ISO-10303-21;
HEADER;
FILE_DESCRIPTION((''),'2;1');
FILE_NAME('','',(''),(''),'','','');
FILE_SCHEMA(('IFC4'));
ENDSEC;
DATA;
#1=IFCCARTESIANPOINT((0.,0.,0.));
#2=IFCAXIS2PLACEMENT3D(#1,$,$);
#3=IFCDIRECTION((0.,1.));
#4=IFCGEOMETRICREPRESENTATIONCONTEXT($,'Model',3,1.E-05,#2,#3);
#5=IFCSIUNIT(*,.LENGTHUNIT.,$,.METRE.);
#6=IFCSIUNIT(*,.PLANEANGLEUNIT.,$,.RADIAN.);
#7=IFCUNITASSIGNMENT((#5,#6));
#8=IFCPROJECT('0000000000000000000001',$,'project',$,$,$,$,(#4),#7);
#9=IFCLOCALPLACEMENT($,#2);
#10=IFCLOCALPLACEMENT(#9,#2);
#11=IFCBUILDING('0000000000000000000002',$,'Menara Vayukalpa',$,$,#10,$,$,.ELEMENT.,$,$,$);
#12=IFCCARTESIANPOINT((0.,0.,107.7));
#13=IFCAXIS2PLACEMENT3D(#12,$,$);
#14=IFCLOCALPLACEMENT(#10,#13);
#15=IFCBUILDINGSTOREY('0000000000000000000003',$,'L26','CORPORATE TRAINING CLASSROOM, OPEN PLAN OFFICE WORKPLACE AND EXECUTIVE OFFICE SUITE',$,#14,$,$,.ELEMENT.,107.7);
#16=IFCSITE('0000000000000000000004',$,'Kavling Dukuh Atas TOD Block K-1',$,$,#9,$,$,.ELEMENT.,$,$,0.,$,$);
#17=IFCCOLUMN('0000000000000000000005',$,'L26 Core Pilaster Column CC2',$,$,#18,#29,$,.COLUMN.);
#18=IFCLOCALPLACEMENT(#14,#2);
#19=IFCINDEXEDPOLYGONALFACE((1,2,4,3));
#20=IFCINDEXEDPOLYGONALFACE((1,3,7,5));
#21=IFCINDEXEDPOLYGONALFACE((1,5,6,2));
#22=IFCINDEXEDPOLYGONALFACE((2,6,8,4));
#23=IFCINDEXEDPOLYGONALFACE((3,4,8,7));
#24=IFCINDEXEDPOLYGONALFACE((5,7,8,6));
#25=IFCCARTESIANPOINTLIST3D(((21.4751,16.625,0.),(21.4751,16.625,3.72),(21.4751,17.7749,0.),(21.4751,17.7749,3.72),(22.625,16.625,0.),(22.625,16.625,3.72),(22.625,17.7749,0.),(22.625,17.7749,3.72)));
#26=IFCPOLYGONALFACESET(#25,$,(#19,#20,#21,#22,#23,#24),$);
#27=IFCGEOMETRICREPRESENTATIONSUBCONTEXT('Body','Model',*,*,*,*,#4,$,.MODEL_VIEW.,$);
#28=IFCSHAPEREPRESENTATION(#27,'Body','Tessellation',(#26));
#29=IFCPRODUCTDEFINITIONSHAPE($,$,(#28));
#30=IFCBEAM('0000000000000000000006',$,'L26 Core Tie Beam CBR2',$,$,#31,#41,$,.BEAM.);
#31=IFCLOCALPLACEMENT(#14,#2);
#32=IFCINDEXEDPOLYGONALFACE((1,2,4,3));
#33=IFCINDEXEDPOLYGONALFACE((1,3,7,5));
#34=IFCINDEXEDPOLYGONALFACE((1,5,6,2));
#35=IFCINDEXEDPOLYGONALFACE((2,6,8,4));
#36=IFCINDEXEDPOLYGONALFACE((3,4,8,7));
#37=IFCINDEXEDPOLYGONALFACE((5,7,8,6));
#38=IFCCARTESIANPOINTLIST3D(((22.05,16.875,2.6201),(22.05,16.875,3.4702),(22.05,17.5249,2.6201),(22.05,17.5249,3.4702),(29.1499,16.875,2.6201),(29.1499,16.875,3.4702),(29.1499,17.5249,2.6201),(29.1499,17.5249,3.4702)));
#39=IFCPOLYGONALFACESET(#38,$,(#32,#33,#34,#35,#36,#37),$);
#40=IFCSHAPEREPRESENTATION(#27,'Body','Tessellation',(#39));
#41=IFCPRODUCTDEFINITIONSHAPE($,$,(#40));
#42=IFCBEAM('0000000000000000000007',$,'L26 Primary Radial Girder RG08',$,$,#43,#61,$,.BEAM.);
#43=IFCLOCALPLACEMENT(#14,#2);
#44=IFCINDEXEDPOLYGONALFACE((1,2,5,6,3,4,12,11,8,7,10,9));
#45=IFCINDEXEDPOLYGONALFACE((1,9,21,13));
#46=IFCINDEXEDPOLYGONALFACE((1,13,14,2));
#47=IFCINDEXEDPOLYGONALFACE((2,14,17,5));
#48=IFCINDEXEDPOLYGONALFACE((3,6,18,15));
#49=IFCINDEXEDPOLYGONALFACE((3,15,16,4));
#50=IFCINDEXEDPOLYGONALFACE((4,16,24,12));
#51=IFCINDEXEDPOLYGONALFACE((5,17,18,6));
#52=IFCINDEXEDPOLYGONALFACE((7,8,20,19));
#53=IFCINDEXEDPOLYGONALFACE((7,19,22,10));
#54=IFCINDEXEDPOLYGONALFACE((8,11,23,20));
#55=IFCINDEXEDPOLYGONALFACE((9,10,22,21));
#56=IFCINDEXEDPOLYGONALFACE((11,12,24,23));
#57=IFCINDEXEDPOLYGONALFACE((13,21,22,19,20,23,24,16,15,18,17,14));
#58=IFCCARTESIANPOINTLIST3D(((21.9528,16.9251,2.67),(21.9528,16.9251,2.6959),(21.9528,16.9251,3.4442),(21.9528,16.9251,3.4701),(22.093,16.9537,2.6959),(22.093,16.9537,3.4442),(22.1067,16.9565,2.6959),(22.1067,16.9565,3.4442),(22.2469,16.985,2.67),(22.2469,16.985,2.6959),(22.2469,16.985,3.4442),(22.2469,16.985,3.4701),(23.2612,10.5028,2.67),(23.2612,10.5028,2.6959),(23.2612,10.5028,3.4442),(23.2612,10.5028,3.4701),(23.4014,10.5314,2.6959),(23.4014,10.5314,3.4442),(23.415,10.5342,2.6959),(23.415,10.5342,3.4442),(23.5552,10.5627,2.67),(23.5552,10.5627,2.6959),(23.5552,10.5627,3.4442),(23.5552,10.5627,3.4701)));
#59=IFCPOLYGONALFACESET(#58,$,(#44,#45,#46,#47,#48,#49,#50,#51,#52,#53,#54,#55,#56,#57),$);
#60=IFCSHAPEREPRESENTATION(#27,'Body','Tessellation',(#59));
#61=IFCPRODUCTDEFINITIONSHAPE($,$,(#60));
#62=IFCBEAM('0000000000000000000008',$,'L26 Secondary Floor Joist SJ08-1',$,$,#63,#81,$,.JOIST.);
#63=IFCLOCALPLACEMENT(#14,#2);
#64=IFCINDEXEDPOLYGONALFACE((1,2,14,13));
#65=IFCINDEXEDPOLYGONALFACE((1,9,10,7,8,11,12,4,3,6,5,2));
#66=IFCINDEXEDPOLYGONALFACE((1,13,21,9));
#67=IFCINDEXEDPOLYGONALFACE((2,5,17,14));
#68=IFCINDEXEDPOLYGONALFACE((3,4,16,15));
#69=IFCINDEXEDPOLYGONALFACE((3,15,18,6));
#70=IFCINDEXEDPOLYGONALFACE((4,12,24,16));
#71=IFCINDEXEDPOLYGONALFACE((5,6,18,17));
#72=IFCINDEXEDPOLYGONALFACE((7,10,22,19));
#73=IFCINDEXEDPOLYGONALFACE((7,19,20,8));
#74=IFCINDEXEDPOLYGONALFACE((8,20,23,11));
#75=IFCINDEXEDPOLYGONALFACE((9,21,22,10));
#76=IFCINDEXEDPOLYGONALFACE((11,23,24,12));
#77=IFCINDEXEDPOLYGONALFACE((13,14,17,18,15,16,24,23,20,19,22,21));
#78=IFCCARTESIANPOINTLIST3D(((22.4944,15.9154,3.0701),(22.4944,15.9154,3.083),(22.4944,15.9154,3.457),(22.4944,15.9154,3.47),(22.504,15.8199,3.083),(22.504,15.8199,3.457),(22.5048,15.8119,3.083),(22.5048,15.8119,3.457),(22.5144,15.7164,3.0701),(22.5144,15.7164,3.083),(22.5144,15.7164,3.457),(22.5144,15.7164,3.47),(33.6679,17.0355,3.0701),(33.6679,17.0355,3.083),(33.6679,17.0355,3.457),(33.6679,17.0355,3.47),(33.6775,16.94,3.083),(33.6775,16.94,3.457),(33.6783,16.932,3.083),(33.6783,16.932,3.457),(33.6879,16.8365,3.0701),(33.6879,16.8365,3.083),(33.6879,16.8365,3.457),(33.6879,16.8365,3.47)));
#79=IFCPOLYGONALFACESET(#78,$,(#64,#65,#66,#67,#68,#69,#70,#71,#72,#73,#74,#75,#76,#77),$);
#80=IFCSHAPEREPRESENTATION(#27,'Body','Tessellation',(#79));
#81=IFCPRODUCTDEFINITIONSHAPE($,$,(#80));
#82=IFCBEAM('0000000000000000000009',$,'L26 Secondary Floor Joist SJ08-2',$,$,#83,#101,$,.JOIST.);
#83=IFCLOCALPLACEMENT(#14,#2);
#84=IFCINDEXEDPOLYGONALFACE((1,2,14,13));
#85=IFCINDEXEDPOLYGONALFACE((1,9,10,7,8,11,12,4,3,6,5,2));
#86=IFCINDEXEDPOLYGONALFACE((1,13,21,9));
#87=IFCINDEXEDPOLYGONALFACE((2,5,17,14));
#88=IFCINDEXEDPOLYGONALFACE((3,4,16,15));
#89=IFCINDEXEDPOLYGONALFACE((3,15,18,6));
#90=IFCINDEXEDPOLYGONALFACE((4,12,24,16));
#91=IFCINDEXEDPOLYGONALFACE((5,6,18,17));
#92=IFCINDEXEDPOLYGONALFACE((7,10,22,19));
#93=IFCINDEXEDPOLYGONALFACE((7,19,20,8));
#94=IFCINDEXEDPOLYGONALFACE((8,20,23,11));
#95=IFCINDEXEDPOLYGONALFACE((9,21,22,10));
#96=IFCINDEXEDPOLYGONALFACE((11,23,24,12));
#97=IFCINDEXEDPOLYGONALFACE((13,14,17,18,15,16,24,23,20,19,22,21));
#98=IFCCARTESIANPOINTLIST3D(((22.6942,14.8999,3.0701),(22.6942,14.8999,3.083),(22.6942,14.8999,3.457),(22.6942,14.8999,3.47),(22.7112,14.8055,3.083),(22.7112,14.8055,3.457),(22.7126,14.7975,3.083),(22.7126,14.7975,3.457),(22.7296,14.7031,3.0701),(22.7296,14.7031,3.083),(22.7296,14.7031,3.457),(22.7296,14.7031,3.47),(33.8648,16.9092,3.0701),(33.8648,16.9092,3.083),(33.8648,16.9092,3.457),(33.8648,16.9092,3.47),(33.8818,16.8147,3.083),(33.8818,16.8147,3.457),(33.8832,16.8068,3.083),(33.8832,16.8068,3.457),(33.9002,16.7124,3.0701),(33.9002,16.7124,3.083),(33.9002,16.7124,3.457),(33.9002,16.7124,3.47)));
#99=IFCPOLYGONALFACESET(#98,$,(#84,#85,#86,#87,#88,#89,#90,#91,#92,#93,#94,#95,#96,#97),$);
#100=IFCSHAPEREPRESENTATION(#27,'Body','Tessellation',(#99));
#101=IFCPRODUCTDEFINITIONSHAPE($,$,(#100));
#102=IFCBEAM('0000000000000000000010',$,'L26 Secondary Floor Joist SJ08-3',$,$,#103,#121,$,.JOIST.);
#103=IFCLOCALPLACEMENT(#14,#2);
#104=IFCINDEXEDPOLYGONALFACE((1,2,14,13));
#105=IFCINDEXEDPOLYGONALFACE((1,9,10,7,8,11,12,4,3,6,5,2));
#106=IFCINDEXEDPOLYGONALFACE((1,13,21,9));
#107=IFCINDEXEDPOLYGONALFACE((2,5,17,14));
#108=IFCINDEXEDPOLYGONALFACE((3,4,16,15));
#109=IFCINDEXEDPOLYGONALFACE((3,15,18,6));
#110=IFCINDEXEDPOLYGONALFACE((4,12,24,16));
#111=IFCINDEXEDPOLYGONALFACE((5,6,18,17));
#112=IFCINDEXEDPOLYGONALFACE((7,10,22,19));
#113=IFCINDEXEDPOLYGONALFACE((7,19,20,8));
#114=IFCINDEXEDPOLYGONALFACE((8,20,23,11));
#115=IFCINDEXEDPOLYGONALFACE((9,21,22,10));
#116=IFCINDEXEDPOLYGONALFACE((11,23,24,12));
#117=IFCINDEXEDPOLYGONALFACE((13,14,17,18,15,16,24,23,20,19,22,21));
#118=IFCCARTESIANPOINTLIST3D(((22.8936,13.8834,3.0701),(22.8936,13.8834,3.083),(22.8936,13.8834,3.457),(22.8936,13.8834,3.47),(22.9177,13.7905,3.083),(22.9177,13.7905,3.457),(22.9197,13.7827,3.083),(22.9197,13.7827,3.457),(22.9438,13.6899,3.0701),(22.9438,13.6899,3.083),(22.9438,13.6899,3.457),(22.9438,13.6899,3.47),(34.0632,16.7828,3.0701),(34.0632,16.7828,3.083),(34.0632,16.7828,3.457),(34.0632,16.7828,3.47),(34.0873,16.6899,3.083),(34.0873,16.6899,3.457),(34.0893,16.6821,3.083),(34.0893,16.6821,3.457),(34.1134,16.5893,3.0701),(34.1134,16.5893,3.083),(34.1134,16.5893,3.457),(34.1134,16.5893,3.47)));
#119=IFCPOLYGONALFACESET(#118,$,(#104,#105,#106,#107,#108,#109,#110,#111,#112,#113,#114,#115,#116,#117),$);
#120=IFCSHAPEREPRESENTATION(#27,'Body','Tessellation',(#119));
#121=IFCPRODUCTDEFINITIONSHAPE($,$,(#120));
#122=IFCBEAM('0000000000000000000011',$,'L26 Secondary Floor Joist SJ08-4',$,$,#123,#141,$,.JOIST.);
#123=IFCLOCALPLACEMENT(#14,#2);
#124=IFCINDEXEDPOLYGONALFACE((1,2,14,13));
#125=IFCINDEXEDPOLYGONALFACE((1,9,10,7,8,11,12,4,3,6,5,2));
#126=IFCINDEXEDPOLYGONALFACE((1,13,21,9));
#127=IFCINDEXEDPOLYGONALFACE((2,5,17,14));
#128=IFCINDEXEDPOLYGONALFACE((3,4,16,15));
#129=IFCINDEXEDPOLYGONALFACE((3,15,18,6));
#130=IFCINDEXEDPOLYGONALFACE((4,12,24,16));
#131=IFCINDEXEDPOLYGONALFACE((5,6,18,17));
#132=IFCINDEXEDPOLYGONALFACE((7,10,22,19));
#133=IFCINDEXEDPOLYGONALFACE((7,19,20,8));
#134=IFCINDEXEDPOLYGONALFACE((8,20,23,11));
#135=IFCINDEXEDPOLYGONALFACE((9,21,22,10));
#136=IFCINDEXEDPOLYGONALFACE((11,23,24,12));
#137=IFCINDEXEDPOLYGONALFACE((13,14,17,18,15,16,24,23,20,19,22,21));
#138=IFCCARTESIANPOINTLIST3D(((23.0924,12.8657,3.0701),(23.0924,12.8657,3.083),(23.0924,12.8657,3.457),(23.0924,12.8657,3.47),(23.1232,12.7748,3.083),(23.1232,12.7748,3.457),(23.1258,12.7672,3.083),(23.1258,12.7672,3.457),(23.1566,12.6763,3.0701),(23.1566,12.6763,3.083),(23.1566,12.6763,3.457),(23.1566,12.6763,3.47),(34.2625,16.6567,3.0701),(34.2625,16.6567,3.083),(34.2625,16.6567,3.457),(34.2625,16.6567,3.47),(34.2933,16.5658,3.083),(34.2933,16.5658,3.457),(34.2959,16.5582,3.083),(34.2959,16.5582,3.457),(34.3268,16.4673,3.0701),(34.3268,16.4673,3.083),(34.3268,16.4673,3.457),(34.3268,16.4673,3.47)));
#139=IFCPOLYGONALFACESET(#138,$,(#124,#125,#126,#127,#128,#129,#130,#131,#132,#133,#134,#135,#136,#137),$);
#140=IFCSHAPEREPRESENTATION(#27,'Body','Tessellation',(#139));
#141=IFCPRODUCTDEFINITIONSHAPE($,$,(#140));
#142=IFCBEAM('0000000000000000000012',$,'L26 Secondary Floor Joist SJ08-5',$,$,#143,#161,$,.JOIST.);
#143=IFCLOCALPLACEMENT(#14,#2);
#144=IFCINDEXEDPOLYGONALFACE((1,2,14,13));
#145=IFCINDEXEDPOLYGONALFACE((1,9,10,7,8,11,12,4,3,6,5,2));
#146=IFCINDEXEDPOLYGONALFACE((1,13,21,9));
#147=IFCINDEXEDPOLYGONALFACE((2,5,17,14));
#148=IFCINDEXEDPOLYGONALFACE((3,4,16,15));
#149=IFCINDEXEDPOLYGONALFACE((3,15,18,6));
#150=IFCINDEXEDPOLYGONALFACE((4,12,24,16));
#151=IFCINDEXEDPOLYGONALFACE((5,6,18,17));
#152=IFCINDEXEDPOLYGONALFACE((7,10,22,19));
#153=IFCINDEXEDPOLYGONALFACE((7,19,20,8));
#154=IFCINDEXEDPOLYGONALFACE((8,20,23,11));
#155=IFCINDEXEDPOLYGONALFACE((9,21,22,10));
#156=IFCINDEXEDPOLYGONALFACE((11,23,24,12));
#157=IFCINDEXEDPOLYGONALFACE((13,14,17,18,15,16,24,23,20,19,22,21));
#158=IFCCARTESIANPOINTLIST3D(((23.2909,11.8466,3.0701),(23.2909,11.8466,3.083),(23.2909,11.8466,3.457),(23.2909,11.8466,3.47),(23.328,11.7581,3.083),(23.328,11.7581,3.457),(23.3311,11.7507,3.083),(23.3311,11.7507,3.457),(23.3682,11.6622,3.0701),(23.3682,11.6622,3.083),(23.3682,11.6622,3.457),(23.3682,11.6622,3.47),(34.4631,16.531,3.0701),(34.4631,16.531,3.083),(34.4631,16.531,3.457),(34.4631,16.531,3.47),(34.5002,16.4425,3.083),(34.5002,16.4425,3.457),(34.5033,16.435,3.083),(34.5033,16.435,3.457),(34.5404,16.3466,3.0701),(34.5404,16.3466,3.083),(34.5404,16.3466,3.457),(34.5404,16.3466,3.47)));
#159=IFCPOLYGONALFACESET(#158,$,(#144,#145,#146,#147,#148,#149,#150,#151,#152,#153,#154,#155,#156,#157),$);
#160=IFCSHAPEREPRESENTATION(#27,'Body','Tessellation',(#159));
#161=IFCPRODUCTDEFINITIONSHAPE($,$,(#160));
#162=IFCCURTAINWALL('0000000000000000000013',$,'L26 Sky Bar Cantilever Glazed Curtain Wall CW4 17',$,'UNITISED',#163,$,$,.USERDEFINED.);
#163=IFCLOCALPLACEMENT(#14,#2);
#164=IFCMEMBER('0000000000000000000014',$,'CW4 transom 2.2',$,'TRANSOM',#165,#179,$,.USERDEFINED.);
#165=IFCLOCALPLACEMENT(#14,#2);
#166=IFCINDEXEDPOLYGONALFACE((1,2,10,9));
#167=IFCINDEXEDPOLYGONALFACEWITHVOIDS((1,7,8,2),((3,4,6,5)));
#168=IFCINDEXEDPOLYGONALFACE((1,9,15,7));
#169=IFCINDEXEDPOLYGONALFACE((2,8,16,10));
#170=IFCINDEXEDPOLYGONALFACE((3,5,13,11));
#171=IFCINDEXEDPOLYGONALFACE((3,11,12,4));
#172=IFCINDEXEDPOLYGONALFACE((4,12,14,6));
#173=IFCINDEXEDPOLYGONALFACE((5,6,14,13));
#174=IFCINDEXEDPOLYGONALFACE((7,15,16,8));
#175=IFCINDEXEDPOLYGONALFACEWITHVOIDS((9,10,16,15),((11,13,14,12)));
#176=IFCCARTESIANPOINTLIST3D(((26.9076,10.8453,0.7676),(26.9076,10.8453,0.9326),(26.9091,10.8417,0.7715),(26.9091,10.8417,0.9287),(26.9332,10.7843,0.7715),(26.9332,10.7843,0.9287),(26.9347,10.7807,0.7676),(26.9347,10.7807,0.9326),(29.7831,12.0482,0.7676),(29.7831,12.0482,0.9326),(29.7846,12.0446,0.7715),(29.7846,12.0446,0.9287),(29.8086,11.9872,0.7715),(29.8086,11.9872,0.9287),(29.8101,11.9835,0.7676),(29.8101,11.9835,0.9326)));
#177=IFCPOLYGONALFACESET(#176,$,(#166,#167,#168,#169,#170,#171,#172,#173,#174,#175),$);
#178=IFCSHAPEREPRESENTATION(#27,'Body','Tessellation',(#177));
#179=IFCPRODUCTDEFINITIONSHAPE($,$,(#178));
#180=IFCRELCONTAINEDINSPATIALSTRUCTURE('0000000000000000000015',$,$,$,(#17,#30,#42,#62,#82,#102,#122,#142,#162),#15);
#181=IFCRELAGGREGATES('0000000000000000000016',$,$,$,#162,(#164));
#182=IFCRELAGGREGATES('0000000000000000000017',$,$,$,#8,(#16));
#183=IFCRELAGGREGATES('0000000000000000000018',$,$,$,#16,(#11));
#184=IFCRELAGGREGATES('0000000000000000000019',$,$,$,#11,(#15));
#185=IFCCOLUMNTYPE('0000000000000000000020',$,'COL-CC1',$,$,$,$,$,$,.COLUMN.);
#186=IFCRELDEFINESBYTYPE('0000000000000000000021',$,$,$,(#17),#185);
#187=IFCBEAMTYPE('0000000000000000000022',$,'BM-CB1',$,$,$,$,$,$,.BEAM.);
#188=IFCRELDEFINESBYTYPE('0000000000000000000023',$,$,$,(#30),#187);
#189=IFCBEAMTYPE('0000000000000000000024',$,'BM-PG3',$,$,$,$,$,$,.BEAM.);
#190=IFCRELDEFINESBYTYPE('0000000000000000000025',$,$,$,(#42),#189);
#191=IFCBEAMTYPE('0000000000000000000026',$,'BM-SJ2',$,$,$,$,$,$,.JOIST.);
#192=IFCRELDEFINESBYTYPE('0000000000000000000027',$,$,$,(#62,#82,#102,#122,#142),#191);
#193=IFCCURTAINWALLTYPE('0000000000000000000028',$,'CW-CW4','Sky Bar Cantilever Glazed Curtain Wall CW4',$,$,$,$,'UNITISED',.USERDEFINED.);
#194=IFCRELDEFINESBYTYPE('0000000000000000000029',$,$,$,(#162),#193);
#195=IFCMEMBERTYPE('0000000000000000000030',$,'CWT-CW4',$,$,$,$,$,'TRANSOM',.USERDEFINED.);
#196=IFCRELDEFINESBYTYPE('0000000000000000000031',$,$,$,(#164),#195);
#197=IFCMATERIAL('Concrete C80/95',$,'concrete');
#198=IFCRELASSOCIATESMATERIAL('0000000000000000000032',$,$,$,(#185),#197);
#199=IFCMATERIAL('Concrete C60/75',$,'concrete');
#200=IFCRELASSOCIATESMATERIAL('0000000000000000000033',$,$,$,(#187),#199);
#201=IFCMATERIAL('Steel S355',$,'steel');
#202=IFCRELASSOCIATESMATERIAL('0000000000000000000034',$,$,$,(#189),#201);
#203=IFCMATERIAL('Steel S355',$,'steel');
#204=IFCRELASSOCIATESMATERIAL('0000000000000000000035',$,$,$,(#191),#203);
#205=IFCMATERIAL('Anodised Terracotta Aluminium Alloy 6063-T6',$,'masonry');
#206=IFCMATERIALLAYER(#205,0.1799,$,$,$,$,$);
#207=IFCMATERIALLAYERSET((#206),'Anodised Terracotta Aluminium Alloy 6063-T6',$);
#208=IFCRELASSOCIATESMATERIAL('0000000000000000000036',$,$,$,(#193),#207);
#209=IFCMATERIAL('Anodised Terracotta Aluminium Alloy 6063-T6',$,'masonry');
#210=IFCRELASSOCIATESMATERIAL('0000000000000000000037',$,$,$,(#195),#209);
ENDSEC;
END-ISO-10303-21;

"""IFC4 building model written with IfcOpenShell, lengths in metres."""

from ifc_helpers import new_model, si_unit, direction, frame, origin, origin_2d, place, context, subcontext, project, spatial, rectangle, hollow_rectangle, i_section, extrude, material, layer, layer_set, material_profile, profile_set, type_object, element, aggregate, save


model = new_model("IFC4")

# Units and contexts
model_context = context("Model", 3, precision=1e-05, world=origin(), true_north=direction((0.0, 1.0)))
body_context = subcontext(model_context, "Body", "Model", "MODEL_VIEW")
ifc_project = project(units=[si_unit("LENGTHUNIT", "METRE"), si_unit("PLANEANGLEUNIT", "RADIAN")], contexts=[model_context])

# Site, building, storey
site_placement = place(None, origin())
site = spatial("IfcSite", under=ifc_project, at=site_placement, Name="Kavling Dukuh Atas TOD Block K-1", CompositionType="ELEMENT", RefElevation=0.0)
building_placement = place(site_placement, origin())
building = spatial("IfcBuilding", under=site, at=building_placement, Name="Menara Vayukalpa", CompositionType="ELEMENT")
storey_placement = place(building_placement, frame((0.0, 0.0, 107.7)))
storey = spatial("IfcBuildingStorey", under=building, at=storey_placement, Name="L26", Description="CORPORATE TRAINING CLASSROOM, OPEN PLAN OFFICE WORKPLACE AND EXECUTIVE OFFICE SUITE", CompositionType="ELEMENT", Elevation=107.7)

# Column
ifc_material_1 = material(Name="Concrete C80/95", Category="concrete")
ifc_material_profile_1 = material_profile(ifc_material_1, rectangle(XDim=1.1499, YDim=1.1499, at=origin_2d()), Name="RC 1150x1150")
ifc_profile_set_1 = profile_set([ifc_material_profile_1], Name="Concrete C80/95")
column_type = type_object("IfcColumnType", Name="COL-CC1", PredefinedType="COLUMN", material=ifc_profile_set_1)
column_placement = place(storey_placement, frame((22.05, 17.2, 0.0), z_axis=(0.0, 0.0, 1.0), x_axis=(1.0, 0.0, 0.0)))
element("IfcColumn", 1, at=column_placement, inside=storey, type_object=column_type, Name="L26 Core Pilaster Column CC2", PredefinedType="COLUMN", context=body_context, shape_type="SweptSolid", body=[
    extrude(rectangle(XDim=1.1499, YDim=1.1499, at=origin_2d()), origin(), (0.0, 0.0, 1.0), 3.72),
])

# Beams
ifc_material_2 = material(Name="Concrete C60/75", Category="concrete")
ifc_material_profile_2 = material_profile(ifc_material_2, rectangle(XDim=0.6499, YDim=0.8501, at=origin_2d()), Name="RC 650x850")
ifc_profile_set_2 = profile_set([ifc_material_profile_2], Name="Concrete C60/75")
beam_type_1 = type_object("IfcBeamType", Name="BM-CB1", PredefinedType="BEAM", material=ifc_profile_set_2)
beam_1_placement = place(storey_placement, frame((22.05, 17.2, 3.0452), z_axis=(1.0, 0.0, 0.0), x_axis=(0.0, 1.0, 0.0)))
element("IfcBeam", 2, at=beam_1_placement, inside=storey, type_object=beam_type_1, Name="L26 Core Tie Beam CBR2", PredefinedType="BEAM", context=body_context, shape_type="SweptSolid", body=[
    extrude(rectangle(XDim=0.6499, YDim=0.8501, at=origin_2d()), origin(), (0.0, 0.0, 1.0), 7.0999),
])
ifc_material_3 = material(Name="Steel S355", Category="steel")
ifc_material_profile_3 = material_profile(ifc_material_3, i_section(OverallWidth=0.3, OverallDepth=0.8, WebThickness=0.0139, FlangeThickness=0.0259, at=origin_2d()), Name="WF 800x300x14x26")
ifc_profile_set_3 = profile_set([ifc_material_profile_3], Name="Steel S355")
beam_type_2 = type_object("IfcBeamType", Name="BM-PG3", PredefinedType="BEAM", material=ifc_profile_set_3)
beam_2_placement = place(storey_placement, frame((22.0999, 16.9551, 3.0701), z_axis=(0.199618, -0.979874, 0.0), x_axis=(0.979874, 0.199618, 0.0)))
element("IfcBeam", 3, at=beam_2_placement, inside=storey, type_object=beam_type_2, Name="L26 Primary Radial Girder RG08", PredefinedType="BEAM", context=body_context, shape_type="SweptSolid", body=[
    extrude(i_section(OverallWidth=0.3, OverallDepth=0.8, WebThickness=0.0139, FlangeThickness=0.0259, at=origin_2d()), origin(), (0.0, 0.0, 1.0), 6.5542),
])
ifc_material_4 = material(Name="Steel S355", Category="steel")
ifc_material_profile_4 = material_profile(ifc_material_4, i_section(OverallWidth=0.2, OverallDepth=0.3999, WebThickness=0.0081, FlangeThickness=0.0129, at=origin_2d()), Name="WF 400x200x8x13")
ifc_profile_set_4 = profile_set([ifc_material_profile_4], Name="Steel S355")
beam_type_3 = type_object("IfcBeamType", Name="BM-SJ2", PredefinedType="JOIST", material=ifc_profile_set_4)
beam_3_placement = place(storey_placement, frame((22.5044, 15.8159, 3.27), z_axis=(0.995013, 0.099747, 0.0), x_axis=(-0.099747, 0.995013, 0.0)))
element("IfcBeam", 4, at=beam_3_placement, inside=storey, type_object=beam_type_3, Name="L26 Secondary Floor Joist SJ08-1", PredefinedType="JOIST", context=body_context, shape_type="SweptSolid", body=[
    extrude(i_section(OverallWidth=0.2, OverallDepth=0.3999, WebThickness=0.0081, FlangeThickness=0.0129, at=origin_2d()), origin(), (0.0, 0.0, 1.0), 11.2295),
])
beam_4_placement = place(storey_placement, frame((22.7119, 14.8015, 3.27), z_axis=(0.984205, 0.17703, 0.0), x_axis=(-0.17703, 0.984205, 0.0)))
element("IfcBeam", 5, at=beam_4_placement, inside=storey, type_object=beam_type_3, Name="L26 Secondary Floor Joist SJ08-2", PredefinedType="JOIST", context=body_context, shape_type="SweptSolid", body=[
    extrude(i_section(OverallWidth=0.2, OverallDepth=0.3999, WebThickness=0.0081, FlangeThickness=0.0129, at=origin_2d()), origin(), (0.0, 0.0, 1.0), 11.3499),
])
beam_5_placement = place(storey_placement, frame((22.9187, 13.7866, 3.27), z_axis=(0.967922, 0.251252, 0.0), x_axis=(-0.251252, 0.967922, 0.0)))
element("IfcBeam", 6, at=beam_5_placement, inside=storey, type_object=beam_type_3, Name="L26 Secondary Floor Joist SJ08-3", PredefinedType="JOIST", context=body_context, shape_type="SweptSolid", body=[
    extrude(i_section(OverallWidth=0.2, OverallDepth=0.3999, WebThickness=0.0081, FlangeThickness=0.0129, at=origin_2d()), origin(), (0.0, 0.0, 1.0), 11.5398),
])
beam_6_placement = place(storey_placement, frame((23.1245, 12.771, 3.27), z_axis=(0.946949, 0.321383, 0.0), x_axis=(-0.321383, 0.946949, 0.0)))
element("IfcBeam", 7, at=beam_6_placement, inside=storey, type_object=beam_type_3, Name="L26 Secondary Floor Joist SJ08-4", PredefinedType="JOIST", context=body_context, shape_type="SweptSolid", body=[
    extrude(i_section(OverallWidth=0.2, OverallDepth=0.3999, WebThickness=0.0081, FlangeThickness=0.0129, at=origin_2d()), origin(), (0.0, 0.0, 1.0), 11.7959),
])
beam_7_placement = place(storey_placement, frame((23.3296, 11.7544, 3.27), z_axis=(0.922217, 0.386674, 0.0), x_axis=(-0.386674, 0.922217, 0.0)))
element("IfcBeam", 8, at=beam_7_placement, inside=storey, type_object=beam_type_3, Name="L26 Secondary Floor Joist SJ08-5", PredefinedType="JOIST", context=body_context, shape_type="SweptSolid", body=[
    extrude(i_section(OverallWidth=0.2, OverallDepth=0.3999, WebThickness=0.0081, FlangeThickness=0.0129, at=origin_2d()), origin(), (0.0, 0.0, 1.0), 12.1145),
])

# Curtain wall, member
ifc_material_5 = material(Name="Anodised Terracotta Aluminium Alloy 6063-T6", Category="masonry")
ifc_layer_1 = layer(ifc_material_5, 0.1799)
ifc_layer_set_1 = layer_set([ifc_layer_1], Name="Anodised Terracotta Aluminium Alloy 6063-T6")
curtain_wall_type = type_object("IfcCurtainWallType", Name="CW-CW4", Description="Sky Bar Cantilever Glazed Curtain Wall CW4", ElementType="UNITISED", PredefinedType="USERDEFINED", material=ifc_layer_set_1)
curtain_wall_placement = place(storey_placement, origin())
curtain_wall = element("IfcCurtainWall", 9, at=curtain_wall_placement, inside=storey, type_object=curtain_wall_type, Name="L26 Sky Bar Cantilever Glazed Curtain Wall CW4 17", ObjectType="UNITISED", PredefinedType="USERDEFINED")
ifc_material_6 = material(Name="Anodised Terracotta Aluminium Alloy 6063-T6", Category="masonry")
ifc_material_profile_5 = material_profile(ifc_material_6, hollow_rectangle(XDim=0.0701, YDim=0.165, WallThickness=0.0039, at=origin_2d()), Name="ALU 70x165x4")
ifc_profile_set_5 = profile_set([ifc_material_profile_5], Name="Anodised Terracotta Aluminium Alloy 6063-T6")
member_type = type_object("IfcMemberType", Name="CWT-CW4", ElementType="TRANSOM", PredefinedType="USERDEFINED", material=ifc_profile_set_5)
member_1_placement = place(storey_placement, frame((26.9211, 10.813, 0.8501), z_axis=(0.922534, 0.385916, 0.0), x_axis=(-0.385916, 0.922534, 0.0)))
member_1 = element("IfcMember", 10, at=member_1_placement, type_object=member_type, Name="CW4 transom 2.2", ObjectType="TRANSOM", PredefinedType="USERDEFINED", context=body_context, shape_type="SweptSolid", body=[
    extrude(hollow_rectangle(XDim=0.0701, YDim=0.165, WallThickness=0.0039, at=origin_2d()), origin(), (0.0, 0.0, 1.0), 3.1169),
])
aggregate(curtain_wall, [member_1])

save(model, "model.ifc")
